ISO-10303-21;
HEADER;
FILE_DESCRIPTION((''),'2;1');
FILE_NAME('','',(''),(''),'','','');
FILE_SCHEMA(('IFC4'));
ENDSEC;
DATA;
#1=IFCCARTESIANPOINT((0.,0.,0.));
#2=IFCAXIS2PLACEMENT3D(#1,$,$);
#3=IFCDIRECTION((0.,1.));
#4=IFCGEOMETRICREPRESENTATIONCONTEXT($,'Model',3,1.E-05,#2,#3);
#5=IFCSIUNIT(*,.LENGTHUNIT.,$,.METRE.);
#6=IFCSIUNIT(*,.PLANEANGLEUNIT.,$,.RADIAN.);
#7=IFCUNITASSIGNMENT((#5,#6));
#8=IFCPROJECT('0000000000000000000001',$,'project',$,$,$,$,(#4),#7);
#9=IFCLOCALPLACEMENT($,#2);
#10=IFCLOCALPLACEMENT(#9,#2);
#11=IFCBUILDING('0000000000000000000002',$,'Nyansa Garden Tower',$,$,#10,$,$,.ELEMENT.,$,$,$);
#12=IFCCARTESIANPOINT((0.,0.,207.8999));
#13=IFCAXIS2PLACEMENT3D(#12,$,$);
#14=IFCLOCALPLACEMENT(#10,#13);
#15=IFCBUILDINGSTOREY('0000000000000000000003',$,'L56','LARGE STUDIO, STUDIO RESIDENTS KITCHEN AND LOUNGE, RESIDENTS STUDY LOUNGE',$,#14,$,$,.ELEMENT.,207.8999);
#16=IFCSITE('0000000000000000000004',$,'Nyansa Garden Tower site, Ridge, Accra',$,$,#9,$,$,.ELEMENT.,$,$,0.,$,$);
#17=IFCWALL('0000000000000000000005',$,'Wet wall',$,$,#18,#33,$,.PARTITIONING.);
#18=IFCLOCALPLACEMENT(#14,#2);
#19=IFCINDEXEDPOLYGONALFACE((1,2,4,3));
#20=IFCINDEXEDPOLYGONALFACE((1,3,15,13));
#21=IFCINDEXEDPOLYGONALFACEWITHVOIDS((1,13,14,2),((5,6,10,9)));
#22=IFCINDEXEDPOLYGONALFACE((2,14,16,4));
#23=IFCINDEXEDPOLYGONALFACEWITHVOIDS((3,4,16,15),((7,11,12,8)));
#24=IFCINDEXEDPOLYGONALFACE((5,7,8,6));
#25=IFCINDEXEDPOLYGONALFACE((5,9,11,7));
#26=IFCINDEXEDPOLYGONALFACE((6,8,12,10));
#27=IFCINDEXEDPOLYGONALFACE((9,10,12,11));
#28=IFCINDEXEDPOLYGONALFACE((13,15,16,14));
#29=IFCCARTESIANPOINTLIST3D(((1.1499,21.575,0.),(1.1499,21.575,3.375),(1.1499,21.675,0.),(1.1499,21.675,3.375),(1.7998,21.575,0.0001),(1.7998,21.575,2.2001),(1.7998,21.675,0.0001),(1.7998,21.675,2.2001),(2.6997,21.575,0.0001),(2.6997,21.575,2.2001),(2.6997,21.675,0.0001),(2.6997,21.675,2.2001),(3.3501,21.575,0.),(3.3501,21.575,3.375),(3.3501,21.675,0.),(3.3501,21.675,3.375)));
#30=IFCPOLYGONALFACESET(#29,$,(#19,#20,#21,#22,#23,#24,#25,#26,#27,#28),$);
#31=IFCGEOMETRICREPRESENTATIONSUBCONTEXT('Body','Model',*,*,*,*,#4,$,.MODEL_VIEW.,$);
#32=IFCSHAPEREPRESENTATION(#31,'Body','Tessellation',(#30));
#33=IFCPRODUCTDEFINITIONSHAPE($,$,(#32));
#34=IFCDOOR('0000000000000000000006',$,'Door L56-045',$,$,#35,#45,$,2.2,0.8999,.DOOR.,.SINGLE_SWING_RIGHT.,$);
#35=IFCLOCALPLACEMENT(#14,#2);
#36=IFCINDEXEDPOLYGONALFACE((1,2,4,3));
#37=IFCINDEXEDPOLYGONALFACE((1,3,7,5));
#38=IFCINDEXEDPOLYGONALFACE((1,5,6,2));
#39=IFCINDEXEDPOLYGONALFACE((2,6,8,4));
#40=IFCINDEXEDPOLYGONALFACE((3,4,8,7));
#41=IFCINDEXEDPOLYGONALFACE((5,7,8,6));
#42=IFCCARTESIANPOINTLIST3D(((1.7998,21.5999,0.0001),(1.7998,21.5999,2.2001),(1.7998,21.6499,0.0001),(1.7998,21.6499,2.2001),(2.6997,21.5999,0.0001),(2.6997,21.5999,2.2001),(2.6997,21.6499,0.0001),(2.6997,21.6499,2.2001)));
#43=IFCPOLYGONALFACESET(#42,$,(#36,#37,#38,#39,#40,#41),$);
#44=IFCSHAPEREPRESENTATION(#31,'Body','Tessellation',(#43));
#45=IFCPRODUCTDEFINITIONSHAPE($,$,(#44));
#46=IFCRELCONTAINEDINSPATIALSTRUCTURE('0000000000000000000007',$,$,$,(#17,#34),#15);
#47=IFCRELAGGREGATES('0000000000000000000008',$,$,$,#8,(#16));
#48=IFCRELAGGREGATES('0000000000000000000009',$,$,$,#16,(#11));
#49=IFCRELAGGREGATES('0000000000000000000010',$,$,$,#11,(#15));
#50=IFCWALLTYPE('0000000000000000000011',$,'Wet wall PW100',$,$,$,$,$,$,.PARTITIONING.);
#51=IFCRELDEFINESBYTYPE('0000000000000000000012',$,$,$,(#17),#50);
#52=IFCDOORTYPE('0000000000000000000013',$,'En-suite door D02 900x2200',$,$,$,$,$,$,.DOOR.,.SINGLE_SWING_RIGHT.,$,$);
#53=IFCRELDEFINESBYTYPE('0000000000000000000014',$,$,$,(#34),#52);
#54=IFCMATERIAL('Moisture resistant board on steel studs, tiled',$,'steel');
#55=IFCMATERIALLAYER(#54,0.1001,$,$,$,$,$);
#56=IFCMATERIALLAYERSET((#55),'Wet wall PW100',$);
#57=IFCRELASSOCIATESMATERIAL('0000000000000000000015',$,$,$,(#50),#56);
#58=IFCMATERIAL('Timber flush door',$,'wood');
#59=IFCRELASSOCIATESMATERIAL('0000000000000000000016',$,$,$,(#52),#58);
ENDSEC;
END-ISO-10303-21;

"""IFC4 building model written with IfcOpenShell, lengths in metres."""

from ifc_helpers import new_model, si_unit, direction, frame, frame_2d, origin, place, context, subcontext, project, spatial, rectangle, extrude, material, layer, layer_set, type_object, element, fill, save


model = new_model("IFC4")

# Units and contexts
model_context = context("Model", 3, precision=1e-05, world=origin(), true_north=direction((0.0, 1.0)))
body_context = subcontext(model_context, "Body", "Model", "MODEL_VIEW")
ifc_project = project(units=[si_unit("LENGTHUNIT", "METRE"), si_unit("PLANEANGLEUNIT", "RADIAN")], contexts=[model_context])

# Site, building, storey
site_placement = place(None, origin())
site = spatial("IfcSite", under=ifc_project, at=site_placement, Name="Nyansa Garden Tower site, Ridge, Accra", CompositionType="ELEMENT", RefElevation=0.0)
building_placement = place(site_placement, origin())
building = spatial("IfcBuilding", under=site, at=building_placement, Name="Nyansa Garden Tower", CompositionType="ELEMENT")
storey_placement = place(building_placement, frame((0.0, 0.0, 207.8999)))
storey = spatial("IfcBuildingStorey", under=building, at=storey_placement, Name="L56", Description="LARGE STUDIO, STUDIO RESIDENTS KITCHEN AND LOUNGE, RESIDENTS STUDY LOUNGE", CompositionType="ELEMENT", Elevation=207.8999)

# Shared definitions
ifc_material_1 = material(Name="Moisture resistant board on steel studs, tiled", Category="steel")
ifc_layer_1 = layer(ifc_material_1, 0.1001)
ifc_layer_set_1 = layer_set([ifc_layer_1], Name="Wet wall PW100")
wall_type_1 = type_object("IfcWallType", Name="Wet wall PW100", PredefinedType="PARTITIONING", material=ifc_layer_set_1)

# Wall, opening, door
wall_1_placement = place(storey_placement, frame((1.1499, 21.625, 0.0), z_axis=(0.0, 0.0, 1.0), x_axis=(1.0, 0.0, 0.0)))
wall_1 = element("IfcWall", 1, at=wall_1_placement, inside=storey, type_object=wall_type_1, Name="Wet wall", PredefinedType="PARTITIONING", context=body_context, shape_type="SweptSolid", body=[
    extrude(rectangle(XDim=2.2002, YDim=0.1001, at=frame_2d((1.1001, 0.0))), origin(), (0.0, 0.0, 1.0), 3.375),
])
opening_1_placement = place(wall_1_placement, frame((0.6499, 0.0, 0.0)))
opening_1 = element("IfcOpeningElement", 2, at=opening_1_placement, cuts=wall_1, PredefinedType="OPENING", context=body_context, shape_type="SweptSolid", body=[
    extrude(rectangle(XDim=0.8999, YDim=2.2, at=frame_2d((0.45, 1.1001))), frame((0.0, 0.0601, 0.0), z_axis=(0.0, -1.0, 0.0), x_axis=(1.0, 0.0, 0.0)), (0.0, 0.0, 1.0), 0.1201),
])
ifc_material_2 = material(Name="Timber flush door", Category="wood")
door_type_1 = type_object("IfcDoorType", Name="En-suite door D02 900x2200", OperationType="SINGLE_SWING_RIGHT", PredefinedType="DOOR", material=ifc_material_2)
door_1_placement = place(opening_1_placement, origin())
door_1 = element("IfcDoor", 3, at=door_1_placement, inside=storey, type_object=door_type_1, Name="Door L56-045", OperationType="SINGLE_SWING_RIGHT", OverallHeight=2.2, OverallWidth=0.8999, PredefinedType="DOOR", context=body_context, shape_type="SweptSolid", body=[
    extrude(rectangle(XDim=0.8999, YDim=2.2, at=frame_2d((0.45, 1.1001))), frame((0.0, 0.0249, 0.0), z_axis=(0.0, -1.0, 0.0), x_axis=(1.0, 0.0, 0.0)), (0.0, 0.0, 1.0), 0.05),
])
fill(opening_1, door_1)

save(model, "model.ifc")
